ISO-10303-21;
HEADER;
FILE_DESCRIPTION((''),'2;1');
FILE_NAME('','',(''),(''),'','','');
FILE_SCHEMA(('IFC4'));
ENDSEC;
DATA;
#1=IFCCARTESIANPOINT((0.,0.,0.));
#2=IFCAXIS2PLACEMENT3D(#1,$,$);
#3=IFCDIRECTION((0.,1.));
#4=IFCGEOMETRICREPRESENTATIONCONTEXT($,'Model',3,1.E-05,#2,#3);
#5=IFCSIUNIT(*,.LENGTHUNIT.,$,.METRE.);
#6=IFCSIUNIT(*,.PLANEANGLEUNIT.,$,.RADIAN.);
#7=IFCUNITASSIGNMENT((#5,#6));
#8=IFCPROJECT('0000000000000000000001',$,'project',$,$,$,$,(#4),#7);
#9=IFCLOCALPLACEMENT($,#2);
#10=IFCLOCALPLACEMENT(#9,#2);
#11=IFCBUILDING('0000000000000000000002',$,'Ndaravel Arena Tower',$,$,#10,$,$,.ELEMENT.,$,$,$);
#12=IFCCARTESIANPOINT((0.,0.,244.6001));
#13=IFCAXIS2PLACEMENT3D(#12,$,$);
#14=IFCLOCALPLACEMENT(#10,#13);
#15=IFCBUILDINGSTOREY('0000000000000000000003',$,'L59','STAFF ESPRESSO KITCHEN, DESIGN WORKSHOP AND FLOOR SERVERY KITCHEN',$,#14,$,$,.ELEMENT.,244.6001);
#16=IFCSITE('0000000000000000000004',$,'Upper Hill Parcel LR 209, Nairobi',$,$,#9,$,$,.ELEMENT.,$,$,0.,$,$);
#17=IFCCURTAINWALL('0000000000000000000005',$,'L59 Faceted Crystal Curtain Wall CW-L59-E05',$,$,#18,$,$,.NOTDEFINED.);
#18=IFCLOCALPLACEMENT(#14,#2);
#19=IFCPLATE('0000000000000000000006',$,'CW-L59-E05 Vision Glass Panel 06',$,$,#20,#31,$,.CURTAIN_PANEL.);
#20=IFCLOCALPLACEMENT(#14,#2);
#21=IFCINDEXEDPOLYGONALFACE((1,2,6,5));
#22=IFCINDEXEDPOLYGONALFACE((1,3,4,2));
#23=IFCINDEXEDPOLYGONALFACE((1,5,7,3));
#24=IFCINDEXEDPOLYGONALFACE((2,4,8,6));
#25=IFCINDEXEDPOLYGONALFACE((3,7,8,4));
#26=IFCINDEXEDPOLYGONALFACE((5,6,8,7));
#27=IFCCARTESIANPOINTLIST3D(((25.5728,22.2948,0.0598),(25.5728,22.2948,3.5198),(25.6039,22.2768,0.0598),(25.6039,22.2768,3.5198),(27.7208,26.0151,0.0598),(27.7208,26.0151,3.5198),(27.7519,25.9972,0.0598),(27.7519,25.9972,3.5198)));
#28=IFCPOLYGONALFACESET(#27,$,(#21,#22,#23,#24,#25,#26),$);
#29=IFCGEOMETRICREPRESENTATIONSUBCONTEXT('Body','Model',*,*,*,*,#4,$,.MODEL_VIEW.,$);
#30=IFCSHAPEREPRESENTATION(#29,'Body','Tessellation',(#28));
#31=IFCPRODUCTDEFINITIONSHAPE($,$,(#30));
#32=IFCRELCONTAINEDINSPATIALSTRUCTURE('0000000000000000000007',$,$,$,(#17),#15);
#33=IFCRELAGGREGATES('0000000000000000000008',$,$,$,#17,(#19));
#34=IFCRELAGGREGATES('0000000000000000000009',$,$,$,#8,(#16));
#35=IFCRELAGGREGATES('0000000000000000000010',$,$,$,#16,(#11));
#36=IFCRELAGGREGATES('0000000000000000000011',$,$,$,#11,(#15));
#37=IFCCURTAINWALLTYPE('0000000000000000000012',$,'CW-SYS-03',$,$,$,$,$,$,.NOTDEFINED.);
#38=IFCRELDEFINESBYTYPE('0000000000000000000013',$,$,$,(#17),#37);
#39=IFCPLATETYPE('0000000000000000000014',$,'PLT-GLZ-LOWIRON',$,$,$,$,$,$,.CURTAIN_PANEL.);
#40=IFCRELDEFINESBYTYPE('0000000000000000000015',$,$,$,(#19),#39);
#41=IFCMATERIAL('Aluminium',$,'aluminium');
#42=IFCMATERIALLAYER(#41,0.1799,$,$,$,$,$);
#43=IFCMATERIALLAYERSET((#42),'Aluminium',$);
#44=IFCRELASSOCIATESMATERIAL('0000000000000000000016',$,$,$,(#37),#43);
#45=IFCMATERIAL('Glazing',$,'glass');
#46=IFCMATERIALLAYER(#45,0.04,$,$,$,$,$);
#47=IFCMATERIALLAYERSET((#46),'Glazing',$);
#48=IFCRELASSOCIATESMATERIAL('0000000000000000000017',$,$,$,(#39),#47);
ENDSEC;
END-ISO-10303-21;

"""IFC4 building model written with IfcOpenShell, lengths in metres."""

from ifc_helpers import new_model, si_unit, direction, frame, origin, origin_2d, place, context, subcontext, project, spatial, rectangle, extrude, material, layer, layer_set, type_object, element, aggregate, save


model = new_model("IFC4")

# Units and contexts
model_context = context("Model", 3, precision=1e-05, world=origin(), true_north=direction((0.0, 1.0)))
body_context = subcontext(model_context, "Body", "Model", "MODEL_VIEW")
ifc_project = project(units=[si_unit("LENGTHUNIT", "METRE"), si_unit("PLANEANGLEUNIT", "RADIAN")], contexts=[model_context])

# Site, building, storey
site_placement = place(None, origin())
site = spatial("IfcSite", under=ifc_project, at=site_placement, Name="Upper Hill Parcel LR 209, Nairobi", CompositionType="ELEMENT", RefElevation=0.0)
building_placement = place(site_placement, origin())
building = spatial("IfcBuilding", under=site, at=building_placement, Name="Ndaravel Arena Tower", CompositionType="ELEMENT")
storey_placement = place(building_placement, frame((0.0, 0.0, 244.6001)))
storey = spatial("IfcBuildingStorey", under=building, at=storey_placement, Name="L59", Description="STAFF ESPRESSO KITCHEN, DESIGN WORKSHOP AND FLOOR SERVERY KITCHEN", CompositionType="ELEMENT", Elevation=244.6001)

# Curtain wall, plate
ifc_material_1 = material(Name="Aluminium", Category="aluminium")
ifc_layer_1 = layer(ifc_material_1, 0.1799)
ifc_layer_set_1 = layer_set([ifc_layer_1], Name="Aluminium")
curtain_wall_type = type_object("IfcCurtainWallType", Name="CW-SYS-03", PredefinedType="NOTDEFINED", material=ifc_layer_set_1)
curtain_wall_placement = place(storey_placement, origin())
curtain_wall = element("IfcCurtainWall", 1, at=curtain_wall_placement, inside=storey, type_object=curtain_wall_type, Name="L59 Faceted Crystal Curtain Wall CW-L59-E05", PredefinedType="NOTDEFINED")
ifc_material_2 = material(Name="Glazing", Category="glass")
ifc_layer_2 = layer(ifc_material_2, 0.04)
ifc_layer_set_2 = layer_set([ifc_layer_2], Name="Glazing")
plate_type = type_object("IfcPlateType", Name="PLT-GLZ-LOWIRON", PredefinedType="CURTAIN_PANEL", material=ifc_layer_set_2)
plate_placement = place(storey_placement, frame((26.6624, 24.146, 0.0598), z_axis=(0.0, 0.0, 1.0), x_axis=(-0.5, -0.866025, 0.0)))
plate = element("IfcPlate", 2, at=plate_placement, type_object=plate_type, Name="CW-L59-E05 Vision Glass Panel 06", PredefinedType="CURTAIN_PANEL", context=body_context, shape_type="SweptSolid", body=[
    extrude(rectangle(XDim=4.2959, YDim=0.0359, at=origin_2d()), origin(), (0.0, 0.0, 1.0), 3.46),
])
aggregate(curtain_wall, [plate])

save(model, "model.ifc")
